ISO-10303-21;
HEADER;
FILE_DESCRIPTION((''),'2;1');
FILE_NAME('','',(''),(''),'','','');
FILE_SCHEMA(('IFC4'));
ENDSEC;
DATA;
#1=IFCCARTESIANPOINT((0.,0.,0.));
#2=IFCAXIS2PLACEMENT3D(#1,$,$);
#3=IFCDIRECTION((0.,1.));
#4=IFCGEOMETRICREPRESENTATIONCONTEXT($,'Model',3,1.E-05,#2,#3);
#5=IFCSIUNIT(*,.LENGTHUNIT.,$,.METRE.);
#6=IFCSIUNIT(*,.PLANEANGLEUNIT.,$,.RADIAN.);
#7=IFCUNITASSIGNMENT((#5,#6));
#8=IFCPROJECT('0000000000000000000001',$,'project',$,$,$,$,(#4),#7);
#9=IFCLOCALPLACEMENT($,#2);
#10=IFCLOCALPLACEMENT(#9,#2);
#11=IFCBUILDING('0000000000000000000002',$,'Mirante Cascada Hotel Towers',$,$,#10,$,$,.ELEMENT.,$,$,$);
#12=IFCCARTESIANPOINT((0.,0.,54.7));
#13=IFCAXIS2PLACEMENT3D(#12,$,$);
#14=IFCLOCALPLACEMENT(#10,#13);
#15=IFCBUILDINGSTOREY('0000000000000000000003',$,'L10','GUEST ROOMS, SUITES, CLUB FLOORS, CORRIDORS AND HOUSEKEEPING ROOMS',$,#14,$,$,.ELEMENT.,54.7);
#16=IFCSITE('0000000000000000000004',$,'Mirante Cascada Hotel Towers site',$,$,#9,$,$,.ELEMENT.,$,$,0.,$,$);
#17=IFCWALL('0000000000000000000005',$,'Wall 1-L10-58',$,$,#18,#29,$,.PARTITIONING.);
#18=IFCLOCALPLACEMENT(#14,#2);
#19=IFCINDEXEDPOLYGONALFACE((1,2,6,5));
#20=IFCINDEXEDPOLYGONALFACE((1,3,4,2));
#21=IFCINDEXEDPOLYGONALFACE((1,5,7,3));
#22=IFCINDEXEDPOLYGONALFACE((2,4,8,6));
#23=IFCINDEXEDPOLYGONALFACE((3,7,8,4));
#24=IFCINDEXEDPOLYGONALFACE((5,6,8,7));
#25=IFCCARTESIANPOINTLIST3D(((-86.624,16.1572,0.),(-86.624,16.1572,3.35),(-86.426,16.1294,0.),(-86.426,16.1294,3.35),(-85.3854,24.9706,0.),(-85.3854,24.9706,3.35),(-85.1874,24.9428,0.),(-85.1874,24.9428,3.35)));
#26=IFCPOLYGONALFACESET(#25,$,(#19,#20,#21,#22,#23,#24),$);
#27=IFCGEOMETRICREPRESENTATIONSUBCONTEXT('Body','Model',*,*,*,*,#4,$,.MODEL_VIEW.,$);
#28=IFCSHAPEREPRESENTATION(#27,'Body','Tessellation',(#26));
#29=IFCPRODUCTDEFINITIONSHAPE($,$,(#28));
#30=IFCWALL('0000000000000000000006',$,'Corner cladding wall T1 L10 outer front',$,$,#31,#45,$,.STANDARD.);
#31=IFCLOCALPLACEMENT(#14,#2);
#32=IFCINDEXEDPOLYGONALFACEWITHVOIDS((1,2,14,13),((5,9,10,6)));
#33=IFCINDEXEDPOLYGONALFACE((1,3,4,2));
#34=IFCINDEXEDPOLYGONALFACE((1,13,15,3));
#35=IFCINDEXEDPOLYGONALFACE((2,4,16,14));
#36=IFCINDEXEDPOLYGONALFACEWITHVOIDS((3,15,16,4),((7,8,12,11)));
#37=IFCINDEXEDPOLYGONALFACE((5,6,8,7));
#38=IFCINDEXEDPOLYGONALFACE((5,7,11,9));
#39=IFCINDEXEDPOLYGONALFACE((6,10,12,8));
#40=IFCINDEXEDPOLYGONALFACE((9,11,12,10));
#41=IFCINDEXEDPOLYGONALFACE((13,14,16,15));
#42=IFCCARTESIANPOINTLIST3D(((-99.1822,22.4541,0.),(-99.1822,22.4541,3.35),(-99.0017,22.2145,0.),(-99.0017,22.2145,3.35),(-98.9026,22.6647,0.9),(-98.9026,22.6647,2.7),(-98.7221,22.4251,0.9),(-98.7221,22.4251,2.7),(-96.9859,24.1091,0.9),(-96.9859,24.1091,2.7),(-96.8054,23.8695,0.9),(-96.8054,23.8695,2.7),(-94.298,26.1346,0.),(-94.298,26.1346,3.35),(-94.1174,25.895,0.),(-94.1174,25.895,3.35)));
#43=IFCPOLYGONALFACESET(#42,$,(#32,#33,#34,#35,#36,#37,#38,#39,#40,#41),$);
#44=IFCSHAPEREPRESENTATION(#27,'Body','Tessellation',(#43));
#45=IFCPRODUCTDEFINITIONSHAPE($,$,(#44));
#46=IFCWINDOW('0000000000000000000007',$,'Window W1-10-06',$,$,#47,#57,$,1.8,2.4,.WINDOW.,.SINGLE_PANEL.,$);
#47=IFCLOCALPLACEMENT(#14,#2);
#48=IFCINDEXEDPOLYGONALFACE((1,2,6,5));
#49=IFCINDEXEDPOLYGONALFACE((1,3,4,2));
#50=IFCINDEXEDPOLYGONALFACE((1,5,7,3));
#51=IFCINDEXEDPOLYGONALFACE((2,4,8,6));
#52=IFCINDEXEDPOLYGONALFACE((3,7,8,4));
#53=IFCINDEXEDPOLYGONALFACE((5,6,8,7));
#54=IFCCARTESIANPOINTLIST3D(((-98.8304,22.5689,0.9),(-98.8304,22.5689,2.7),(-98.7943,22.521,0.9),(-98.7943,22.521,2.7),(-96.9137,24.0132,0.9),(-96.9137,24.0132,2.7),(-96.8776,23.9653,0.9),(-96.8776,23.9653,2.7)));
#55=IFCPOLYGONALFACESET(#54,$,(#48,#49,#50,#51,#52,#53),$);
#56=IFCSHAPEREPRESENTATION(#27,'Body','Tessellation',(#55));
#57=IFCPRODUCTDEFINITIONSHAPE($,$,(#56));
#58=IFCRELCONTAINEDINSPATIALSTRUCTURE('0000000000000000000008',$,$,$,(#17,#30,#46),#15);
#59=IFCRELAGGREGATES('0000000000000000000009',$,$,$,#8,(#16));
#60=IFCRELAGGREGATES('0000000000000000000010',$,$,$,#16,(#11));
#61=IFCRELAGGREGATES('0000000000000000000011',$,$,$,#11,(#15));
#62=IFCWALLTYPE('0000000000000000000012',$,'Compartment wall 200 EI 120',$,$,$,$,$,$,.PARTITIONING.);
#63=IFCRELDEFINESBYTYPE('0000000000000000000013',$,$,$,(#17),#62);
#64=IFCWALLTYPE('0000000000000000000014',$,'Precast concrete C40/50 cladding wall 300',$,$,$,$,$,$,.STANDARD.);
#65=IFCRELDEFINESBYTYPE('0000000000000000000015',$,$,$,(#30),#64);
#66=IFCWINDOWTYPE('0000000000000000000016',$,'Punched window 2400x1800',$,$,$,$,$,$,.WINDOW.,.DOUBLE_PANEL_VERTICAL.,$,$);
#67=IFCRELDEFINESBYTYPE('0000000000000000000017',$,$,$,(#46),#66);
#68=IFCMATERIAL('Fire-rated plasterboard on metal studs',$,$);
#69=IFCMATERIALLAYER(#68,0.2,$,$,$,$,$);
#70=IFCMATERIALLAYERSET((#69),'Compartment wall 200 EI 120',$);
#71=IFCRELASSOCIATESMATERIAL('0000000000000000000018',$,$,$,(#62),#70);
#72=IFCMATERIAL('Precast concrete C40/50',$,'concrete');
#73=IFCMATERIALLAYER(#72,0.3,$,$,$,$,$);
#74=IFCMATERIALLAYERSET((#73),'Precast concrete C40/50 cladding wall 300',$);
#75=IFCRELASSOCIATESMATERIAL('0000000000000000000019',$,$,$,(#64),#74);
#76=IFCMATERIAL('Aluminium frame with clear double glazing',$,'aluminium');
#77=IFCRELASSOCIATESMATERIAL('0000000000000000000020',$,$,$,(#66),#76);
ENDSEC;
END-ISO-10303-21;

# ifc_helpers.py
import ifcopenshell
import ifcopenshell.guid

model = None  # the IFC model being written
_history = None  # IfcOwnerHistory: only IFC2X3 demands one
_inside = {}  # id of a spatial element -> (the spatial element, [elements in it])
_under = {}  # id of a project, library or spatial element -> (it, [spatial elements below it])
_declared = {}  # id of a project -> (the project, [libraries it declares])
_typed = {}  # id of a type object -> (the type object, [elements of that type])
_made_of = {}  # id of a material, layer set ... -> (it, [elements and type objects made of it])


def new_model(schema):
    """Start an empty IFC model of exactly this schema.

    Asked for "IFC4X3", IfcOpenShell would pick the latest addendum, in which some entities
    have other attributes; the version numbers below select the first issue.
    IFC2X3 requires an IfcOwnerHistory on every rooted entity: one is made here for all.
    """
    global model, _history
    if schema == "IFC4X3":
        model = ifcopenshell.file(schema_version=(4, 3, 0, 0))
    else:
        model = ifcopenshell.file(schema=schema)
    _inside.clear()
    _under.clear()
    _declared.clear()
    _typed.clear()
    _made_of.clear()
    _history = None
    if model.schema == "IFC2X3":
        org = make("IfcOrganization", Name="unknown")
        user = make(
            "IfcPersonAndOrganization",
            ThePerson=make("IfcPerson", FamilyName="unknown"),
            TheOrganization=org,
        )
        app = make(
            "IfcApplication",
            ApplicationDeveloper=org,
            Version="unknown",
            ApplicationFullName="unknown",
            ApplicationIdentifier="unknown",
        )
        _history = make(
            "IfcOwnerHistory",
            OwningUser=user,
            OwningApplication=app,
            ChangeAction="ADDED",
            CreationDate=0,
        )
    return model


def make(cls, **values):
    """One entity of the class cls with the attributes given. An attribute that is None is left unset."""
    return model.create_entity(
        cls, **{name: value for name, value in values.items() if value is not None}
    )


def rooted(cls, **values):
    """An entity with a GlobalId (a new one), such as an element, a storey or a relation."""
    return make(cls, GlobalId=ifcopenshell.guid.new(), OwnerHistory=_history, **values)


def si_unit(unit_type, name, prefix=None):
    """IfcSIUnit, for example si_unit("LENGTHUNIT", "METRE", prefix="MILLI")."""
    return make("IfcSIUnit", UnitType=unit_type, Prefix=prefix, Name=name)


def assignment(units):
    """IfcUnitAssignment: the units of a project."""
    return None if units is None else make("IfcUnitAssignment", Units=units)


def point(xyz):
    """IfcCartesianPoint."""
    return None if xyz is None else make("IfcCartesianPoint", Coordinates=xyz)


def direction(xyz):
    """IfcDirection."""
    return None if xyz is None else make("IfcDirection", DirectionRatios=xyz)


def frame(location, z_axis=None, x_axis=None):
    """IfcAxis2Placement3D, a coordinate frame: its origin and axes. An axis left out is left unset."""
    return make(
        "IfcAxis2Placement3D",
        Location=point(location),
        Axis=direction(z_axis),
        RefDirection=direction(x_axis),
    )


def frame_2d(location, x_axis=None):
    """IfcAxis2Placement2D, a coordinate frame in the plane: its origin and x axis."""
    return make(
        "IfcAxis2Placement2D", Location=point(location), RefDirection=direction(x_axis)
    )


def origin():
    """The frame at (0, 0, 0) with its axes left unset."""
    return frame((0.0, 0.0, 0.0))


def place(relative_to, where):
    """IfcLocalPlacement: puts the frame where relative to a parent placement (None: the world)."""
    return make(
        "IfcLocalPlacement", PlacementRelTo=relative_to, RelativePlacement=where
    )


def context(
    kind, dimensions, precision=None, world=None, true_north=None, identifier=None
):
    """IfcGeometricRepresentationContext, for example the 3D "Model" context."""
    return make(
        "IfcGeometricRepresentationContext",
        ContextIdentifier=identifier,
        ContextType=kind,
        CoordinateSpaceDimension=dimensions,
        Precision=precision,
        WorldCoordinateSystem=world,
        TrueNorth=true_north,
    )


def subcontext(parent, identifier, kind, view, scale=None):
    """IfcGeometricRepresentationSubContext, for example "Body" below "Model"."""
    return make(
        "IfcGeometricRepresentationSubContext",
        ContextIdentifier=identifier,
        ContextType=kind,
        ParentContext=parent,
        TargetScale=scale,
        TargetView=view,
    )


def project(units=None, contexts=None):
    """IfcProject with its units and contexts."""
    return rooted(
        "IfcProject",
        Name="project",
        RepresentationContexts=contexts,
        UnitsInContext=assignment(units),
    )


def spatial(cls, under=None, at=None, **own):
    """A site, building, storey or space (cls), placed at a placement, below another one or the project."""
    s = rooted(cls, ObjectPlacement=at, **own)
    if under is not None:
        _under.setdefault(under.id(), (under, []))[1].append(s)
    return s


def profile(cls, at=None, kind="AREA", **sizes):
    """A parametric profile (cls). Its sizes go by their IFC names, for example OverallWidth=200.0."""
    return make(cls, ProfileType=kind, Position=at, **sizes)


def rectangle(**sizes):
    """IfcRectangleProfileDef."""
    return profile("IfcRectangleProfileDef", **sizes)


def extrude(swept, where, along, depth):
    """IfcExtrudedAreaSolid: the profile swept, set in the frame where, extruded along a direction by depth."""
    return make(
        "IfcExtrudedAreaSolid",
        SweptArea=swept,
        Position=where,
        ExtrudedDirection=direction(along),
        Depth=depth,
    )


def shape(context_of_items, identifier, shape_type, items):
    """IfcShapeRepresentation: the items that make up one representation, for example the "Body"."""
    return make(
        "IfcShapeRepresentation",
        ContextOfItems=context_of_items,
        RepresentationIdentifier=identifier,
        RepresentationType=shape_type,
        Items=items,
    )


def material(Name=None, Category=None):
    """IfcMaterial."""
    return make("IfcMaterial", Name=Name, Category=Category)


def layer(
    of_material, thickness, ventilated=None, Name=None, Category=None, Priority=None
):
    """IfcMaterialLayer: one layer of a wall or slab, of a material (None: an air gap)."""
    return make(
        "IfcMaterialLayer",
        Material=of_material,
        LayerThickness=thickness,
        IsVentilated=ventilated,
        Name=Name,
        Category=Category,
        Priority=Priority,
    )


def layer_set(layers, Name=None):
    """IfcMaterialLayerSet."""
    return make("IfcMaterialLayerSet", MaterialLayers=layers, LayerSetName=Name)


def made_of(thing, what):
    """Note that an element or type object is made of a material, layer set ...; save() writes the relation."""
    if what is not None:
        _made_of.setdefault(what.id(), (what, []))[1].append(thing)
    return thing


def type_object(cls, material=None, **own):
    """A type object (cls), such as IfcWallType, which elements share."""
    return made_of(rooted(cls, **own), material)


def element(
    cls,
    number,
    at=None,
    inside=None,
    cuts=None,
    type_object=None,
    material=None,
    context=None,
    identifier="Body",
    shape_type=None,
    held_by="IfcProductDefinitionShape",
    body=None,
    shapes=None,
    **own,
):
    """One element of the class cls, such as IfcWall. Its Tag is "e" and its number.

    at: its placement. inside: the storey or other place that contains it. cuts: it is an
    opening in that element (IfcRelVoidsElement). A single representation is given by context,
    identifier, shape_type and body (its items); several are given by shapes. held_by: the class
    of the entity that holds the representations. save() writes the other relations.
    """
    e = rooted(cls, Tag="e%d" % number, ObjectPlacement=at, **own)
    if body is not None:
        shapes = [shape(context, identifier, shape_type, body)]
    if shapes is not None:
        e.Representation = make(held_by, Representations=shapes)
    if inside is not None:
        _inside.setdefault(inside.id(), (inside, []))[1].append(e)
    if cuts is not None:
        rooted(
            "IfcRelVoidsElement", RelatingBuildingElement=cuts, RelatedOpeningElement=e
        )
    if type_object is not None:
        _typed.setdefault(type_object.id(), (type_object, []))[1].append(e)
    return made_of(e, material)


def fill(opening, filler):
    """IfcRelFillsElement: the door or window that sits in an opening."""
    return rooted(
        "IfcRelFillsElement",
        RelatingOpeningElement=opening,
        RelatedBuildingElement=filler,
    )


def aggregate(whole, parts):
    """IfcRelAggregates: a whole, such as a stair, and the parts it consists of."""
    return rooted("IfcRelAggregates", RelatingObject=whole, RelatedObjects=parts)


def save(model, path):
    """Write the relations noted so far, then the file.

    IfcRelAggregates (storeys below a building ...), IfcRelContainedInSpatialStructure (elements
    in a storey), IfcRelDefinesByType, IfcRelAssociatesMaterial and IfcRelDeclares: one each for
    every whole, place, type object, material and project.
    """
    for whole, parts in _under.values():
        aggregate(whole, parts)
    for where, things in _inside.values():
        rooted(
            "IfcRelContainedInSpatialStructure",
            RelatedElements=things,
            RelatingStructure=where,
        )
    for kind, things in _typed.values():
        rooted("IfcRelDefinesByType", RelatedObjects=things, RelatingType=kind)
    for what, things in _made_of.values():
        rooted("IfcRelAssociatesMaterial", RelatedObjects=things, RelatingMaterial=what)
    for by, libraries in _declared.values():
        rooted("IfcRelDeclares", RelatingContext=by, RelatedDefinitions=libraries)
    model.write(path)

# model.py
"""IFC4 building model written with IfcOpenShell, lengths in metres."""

from ifc_helpers import new_model, si_unit, direction, frame, frame_2d, origin, place, context, subcontext, project, spatial, rectangle, extrude, material, layer, layer_set, type_object, element, fill, save


model = new_model("IFC4")

# Units and contexts
model_context = context("Model", 3, precision=1e-05, world=origin(), true_north=direction((0.0, 1.0)))
body_context = subcontext(model_context, "Body", "Model", "MODEL_VIEW")
ifc_project = project(units=[si_unit("LENGTHUNIT", "METRE"), si_unit("PLANEANGLEUNIT", "RADIAN")], contexts=[model_context])

# Site, building, storey
site_placement = place(None, origin())
site = spatial("IfcSite", under=ifc_project, at=site_placement, Name="Mirante Cascada Hotel Towers site", CompositionType="ELEMENT", RefElevation=0.0)
building_placement = place(site_placement, origin())
building = spatial("IfcBuilding", under=site, at=building_placement, Name="Mirante Cascada Hotel Towers", CompositionType="ELEMENT")
storey_placement = place(building_placement, frame((0.0, 0.0, 54.7)))
storey = spatial("IfcBuildingStorey", under=building, at=storey_placement, Name="L10", Description="GUEST ROOMS, SUITES, CLUB FLOORS, CORRIDORS AND HOUSEKEEPING ROOMS", CompositionType="ELEMENT", Elevation=54.7)

# Wall
ifc_material_1 = material(Name="Fire-rated plasterboard on metal studs")
ifc_layer_1 = layer(ifc_material_1, 0.2)
ifc_layer_set_1 = layer_set([ifc_layer_1], Name="Compartment wall 200 EI 120")
wall_type_1 = type_object("IfcWallType", Name="Compartment wall 200 EI 120", PredefinedType="PARTITIONING", material=ifc_layer_set_1)
wall_1_placement = place(storey_placement, frame((-85.2864, 24.9567, 0.0), z_axis=(0.0, 0.0, 1.0), x_axis=(-0.139168, -0.990269, 0.0)))
element("IfcWall", 1, at=wall_1_placement, inside=storey, type_object=wall_type_1, Name="Wall 1-L10-58", PredefinedType="PARTITIONING", context=body_context, shape_type="SweptSolid", body=[
    extrude(rectangle(XDim=8.9, YDim=0.2, at=frame_2d((4.45, 0.0))), origin(), (0.0, 0.0, 1.0), 3.35),
])

# Wall, opening, window
ifc_material_2 = material(Name="Precast concrete C40/50", Category="concrete")
ifc_layer_2 = layer(ifc_material_2, 0.3)
ifc_layer_set_2 = layer_set([ifc_layer_2], Name="Precast concrete C40/50 cladding wall 300")
wall_type_2 = type_object("IfcWallType", Name="Precast concrete C40/50 cladding wall 300", PredefinedType="STANDARD", material=ifc_layer_set_2)
wall_2_placement = place(storey_placement, frame((-99.0919, 22.3343, 0.0), z_axis=(0.0, 0.0, 1.0), x_axis=(0.798636, 0.601814, 0.0)))
wall_2 = element("IfcWall", 2, at=wall_2_placement, inside=storey, type_object=wall_type_2, Name="Corner cladding wall T1 L10 outer front", PredefinedType="STANDARD", context=body_context, shape_type="SweptSolid", body=[
    extrude(rectangle(XDim=6.1157, YDim=0.3, at=frame_2d((3.0578, 0.0))), origin(), (0.0, 0.0, 1.0), 3.35),
])
opening_placement = place(wall_2_placement, frame((0.35, 0.0, 0.9)))
opening = element("IfcOpeningElement", 3, at=opening_placement, cuts=wall_2, PredefinedType="OPENING", context=body_context, shape_type="SweptSolid", body=[
    extrude(rectangle(XDim=2.4, YDim=1.8, at=frame_2d((1.2, 0.9))), frame((0.0, 0.15, 0.0), z_axis=(0.0, -1.0, 0.0), x_axis=(1.0, 0.0, 0.0)), (0.0, 0.0, 1.0), 0.3),
])
ifc_material_3 = material(Name="Aluminium frame with clear double glazing", Category="aluminium")
window_type = type_object("IfcWindowType", Name="Punched window 2400x1800", PartitioningType="DOUBLE_PANEL_VERTICAL", PredefinedType="WINDOW", material=ifc_material_3)
window_placement = place(opening_placement, origin())
window = element("IfcWindow", 4, at=window_placement, inside=storey, type_object=window_type, Name="Window W1-10-06", OverallHeight=1.8, OverallWidth=2.4, PartitioningType="SINGLE_PANEL", PredefinedType="WINDOW", context=body_context, shape_type="SweptSolid", body=[
    extrude(rectangle(XDim=2.4, YDim=1.8, at=frame_2d((1.2, 0.9))), frame((0.0, 0.03, 0.0), z_axis=(0.0, -1.0, 0.0), x_axis=(1.0, 0.0, 0.0)), (0.0, 0.0, 1.0), 0.06),
])
fill(opening, window)

save(model, "model.ifc")
